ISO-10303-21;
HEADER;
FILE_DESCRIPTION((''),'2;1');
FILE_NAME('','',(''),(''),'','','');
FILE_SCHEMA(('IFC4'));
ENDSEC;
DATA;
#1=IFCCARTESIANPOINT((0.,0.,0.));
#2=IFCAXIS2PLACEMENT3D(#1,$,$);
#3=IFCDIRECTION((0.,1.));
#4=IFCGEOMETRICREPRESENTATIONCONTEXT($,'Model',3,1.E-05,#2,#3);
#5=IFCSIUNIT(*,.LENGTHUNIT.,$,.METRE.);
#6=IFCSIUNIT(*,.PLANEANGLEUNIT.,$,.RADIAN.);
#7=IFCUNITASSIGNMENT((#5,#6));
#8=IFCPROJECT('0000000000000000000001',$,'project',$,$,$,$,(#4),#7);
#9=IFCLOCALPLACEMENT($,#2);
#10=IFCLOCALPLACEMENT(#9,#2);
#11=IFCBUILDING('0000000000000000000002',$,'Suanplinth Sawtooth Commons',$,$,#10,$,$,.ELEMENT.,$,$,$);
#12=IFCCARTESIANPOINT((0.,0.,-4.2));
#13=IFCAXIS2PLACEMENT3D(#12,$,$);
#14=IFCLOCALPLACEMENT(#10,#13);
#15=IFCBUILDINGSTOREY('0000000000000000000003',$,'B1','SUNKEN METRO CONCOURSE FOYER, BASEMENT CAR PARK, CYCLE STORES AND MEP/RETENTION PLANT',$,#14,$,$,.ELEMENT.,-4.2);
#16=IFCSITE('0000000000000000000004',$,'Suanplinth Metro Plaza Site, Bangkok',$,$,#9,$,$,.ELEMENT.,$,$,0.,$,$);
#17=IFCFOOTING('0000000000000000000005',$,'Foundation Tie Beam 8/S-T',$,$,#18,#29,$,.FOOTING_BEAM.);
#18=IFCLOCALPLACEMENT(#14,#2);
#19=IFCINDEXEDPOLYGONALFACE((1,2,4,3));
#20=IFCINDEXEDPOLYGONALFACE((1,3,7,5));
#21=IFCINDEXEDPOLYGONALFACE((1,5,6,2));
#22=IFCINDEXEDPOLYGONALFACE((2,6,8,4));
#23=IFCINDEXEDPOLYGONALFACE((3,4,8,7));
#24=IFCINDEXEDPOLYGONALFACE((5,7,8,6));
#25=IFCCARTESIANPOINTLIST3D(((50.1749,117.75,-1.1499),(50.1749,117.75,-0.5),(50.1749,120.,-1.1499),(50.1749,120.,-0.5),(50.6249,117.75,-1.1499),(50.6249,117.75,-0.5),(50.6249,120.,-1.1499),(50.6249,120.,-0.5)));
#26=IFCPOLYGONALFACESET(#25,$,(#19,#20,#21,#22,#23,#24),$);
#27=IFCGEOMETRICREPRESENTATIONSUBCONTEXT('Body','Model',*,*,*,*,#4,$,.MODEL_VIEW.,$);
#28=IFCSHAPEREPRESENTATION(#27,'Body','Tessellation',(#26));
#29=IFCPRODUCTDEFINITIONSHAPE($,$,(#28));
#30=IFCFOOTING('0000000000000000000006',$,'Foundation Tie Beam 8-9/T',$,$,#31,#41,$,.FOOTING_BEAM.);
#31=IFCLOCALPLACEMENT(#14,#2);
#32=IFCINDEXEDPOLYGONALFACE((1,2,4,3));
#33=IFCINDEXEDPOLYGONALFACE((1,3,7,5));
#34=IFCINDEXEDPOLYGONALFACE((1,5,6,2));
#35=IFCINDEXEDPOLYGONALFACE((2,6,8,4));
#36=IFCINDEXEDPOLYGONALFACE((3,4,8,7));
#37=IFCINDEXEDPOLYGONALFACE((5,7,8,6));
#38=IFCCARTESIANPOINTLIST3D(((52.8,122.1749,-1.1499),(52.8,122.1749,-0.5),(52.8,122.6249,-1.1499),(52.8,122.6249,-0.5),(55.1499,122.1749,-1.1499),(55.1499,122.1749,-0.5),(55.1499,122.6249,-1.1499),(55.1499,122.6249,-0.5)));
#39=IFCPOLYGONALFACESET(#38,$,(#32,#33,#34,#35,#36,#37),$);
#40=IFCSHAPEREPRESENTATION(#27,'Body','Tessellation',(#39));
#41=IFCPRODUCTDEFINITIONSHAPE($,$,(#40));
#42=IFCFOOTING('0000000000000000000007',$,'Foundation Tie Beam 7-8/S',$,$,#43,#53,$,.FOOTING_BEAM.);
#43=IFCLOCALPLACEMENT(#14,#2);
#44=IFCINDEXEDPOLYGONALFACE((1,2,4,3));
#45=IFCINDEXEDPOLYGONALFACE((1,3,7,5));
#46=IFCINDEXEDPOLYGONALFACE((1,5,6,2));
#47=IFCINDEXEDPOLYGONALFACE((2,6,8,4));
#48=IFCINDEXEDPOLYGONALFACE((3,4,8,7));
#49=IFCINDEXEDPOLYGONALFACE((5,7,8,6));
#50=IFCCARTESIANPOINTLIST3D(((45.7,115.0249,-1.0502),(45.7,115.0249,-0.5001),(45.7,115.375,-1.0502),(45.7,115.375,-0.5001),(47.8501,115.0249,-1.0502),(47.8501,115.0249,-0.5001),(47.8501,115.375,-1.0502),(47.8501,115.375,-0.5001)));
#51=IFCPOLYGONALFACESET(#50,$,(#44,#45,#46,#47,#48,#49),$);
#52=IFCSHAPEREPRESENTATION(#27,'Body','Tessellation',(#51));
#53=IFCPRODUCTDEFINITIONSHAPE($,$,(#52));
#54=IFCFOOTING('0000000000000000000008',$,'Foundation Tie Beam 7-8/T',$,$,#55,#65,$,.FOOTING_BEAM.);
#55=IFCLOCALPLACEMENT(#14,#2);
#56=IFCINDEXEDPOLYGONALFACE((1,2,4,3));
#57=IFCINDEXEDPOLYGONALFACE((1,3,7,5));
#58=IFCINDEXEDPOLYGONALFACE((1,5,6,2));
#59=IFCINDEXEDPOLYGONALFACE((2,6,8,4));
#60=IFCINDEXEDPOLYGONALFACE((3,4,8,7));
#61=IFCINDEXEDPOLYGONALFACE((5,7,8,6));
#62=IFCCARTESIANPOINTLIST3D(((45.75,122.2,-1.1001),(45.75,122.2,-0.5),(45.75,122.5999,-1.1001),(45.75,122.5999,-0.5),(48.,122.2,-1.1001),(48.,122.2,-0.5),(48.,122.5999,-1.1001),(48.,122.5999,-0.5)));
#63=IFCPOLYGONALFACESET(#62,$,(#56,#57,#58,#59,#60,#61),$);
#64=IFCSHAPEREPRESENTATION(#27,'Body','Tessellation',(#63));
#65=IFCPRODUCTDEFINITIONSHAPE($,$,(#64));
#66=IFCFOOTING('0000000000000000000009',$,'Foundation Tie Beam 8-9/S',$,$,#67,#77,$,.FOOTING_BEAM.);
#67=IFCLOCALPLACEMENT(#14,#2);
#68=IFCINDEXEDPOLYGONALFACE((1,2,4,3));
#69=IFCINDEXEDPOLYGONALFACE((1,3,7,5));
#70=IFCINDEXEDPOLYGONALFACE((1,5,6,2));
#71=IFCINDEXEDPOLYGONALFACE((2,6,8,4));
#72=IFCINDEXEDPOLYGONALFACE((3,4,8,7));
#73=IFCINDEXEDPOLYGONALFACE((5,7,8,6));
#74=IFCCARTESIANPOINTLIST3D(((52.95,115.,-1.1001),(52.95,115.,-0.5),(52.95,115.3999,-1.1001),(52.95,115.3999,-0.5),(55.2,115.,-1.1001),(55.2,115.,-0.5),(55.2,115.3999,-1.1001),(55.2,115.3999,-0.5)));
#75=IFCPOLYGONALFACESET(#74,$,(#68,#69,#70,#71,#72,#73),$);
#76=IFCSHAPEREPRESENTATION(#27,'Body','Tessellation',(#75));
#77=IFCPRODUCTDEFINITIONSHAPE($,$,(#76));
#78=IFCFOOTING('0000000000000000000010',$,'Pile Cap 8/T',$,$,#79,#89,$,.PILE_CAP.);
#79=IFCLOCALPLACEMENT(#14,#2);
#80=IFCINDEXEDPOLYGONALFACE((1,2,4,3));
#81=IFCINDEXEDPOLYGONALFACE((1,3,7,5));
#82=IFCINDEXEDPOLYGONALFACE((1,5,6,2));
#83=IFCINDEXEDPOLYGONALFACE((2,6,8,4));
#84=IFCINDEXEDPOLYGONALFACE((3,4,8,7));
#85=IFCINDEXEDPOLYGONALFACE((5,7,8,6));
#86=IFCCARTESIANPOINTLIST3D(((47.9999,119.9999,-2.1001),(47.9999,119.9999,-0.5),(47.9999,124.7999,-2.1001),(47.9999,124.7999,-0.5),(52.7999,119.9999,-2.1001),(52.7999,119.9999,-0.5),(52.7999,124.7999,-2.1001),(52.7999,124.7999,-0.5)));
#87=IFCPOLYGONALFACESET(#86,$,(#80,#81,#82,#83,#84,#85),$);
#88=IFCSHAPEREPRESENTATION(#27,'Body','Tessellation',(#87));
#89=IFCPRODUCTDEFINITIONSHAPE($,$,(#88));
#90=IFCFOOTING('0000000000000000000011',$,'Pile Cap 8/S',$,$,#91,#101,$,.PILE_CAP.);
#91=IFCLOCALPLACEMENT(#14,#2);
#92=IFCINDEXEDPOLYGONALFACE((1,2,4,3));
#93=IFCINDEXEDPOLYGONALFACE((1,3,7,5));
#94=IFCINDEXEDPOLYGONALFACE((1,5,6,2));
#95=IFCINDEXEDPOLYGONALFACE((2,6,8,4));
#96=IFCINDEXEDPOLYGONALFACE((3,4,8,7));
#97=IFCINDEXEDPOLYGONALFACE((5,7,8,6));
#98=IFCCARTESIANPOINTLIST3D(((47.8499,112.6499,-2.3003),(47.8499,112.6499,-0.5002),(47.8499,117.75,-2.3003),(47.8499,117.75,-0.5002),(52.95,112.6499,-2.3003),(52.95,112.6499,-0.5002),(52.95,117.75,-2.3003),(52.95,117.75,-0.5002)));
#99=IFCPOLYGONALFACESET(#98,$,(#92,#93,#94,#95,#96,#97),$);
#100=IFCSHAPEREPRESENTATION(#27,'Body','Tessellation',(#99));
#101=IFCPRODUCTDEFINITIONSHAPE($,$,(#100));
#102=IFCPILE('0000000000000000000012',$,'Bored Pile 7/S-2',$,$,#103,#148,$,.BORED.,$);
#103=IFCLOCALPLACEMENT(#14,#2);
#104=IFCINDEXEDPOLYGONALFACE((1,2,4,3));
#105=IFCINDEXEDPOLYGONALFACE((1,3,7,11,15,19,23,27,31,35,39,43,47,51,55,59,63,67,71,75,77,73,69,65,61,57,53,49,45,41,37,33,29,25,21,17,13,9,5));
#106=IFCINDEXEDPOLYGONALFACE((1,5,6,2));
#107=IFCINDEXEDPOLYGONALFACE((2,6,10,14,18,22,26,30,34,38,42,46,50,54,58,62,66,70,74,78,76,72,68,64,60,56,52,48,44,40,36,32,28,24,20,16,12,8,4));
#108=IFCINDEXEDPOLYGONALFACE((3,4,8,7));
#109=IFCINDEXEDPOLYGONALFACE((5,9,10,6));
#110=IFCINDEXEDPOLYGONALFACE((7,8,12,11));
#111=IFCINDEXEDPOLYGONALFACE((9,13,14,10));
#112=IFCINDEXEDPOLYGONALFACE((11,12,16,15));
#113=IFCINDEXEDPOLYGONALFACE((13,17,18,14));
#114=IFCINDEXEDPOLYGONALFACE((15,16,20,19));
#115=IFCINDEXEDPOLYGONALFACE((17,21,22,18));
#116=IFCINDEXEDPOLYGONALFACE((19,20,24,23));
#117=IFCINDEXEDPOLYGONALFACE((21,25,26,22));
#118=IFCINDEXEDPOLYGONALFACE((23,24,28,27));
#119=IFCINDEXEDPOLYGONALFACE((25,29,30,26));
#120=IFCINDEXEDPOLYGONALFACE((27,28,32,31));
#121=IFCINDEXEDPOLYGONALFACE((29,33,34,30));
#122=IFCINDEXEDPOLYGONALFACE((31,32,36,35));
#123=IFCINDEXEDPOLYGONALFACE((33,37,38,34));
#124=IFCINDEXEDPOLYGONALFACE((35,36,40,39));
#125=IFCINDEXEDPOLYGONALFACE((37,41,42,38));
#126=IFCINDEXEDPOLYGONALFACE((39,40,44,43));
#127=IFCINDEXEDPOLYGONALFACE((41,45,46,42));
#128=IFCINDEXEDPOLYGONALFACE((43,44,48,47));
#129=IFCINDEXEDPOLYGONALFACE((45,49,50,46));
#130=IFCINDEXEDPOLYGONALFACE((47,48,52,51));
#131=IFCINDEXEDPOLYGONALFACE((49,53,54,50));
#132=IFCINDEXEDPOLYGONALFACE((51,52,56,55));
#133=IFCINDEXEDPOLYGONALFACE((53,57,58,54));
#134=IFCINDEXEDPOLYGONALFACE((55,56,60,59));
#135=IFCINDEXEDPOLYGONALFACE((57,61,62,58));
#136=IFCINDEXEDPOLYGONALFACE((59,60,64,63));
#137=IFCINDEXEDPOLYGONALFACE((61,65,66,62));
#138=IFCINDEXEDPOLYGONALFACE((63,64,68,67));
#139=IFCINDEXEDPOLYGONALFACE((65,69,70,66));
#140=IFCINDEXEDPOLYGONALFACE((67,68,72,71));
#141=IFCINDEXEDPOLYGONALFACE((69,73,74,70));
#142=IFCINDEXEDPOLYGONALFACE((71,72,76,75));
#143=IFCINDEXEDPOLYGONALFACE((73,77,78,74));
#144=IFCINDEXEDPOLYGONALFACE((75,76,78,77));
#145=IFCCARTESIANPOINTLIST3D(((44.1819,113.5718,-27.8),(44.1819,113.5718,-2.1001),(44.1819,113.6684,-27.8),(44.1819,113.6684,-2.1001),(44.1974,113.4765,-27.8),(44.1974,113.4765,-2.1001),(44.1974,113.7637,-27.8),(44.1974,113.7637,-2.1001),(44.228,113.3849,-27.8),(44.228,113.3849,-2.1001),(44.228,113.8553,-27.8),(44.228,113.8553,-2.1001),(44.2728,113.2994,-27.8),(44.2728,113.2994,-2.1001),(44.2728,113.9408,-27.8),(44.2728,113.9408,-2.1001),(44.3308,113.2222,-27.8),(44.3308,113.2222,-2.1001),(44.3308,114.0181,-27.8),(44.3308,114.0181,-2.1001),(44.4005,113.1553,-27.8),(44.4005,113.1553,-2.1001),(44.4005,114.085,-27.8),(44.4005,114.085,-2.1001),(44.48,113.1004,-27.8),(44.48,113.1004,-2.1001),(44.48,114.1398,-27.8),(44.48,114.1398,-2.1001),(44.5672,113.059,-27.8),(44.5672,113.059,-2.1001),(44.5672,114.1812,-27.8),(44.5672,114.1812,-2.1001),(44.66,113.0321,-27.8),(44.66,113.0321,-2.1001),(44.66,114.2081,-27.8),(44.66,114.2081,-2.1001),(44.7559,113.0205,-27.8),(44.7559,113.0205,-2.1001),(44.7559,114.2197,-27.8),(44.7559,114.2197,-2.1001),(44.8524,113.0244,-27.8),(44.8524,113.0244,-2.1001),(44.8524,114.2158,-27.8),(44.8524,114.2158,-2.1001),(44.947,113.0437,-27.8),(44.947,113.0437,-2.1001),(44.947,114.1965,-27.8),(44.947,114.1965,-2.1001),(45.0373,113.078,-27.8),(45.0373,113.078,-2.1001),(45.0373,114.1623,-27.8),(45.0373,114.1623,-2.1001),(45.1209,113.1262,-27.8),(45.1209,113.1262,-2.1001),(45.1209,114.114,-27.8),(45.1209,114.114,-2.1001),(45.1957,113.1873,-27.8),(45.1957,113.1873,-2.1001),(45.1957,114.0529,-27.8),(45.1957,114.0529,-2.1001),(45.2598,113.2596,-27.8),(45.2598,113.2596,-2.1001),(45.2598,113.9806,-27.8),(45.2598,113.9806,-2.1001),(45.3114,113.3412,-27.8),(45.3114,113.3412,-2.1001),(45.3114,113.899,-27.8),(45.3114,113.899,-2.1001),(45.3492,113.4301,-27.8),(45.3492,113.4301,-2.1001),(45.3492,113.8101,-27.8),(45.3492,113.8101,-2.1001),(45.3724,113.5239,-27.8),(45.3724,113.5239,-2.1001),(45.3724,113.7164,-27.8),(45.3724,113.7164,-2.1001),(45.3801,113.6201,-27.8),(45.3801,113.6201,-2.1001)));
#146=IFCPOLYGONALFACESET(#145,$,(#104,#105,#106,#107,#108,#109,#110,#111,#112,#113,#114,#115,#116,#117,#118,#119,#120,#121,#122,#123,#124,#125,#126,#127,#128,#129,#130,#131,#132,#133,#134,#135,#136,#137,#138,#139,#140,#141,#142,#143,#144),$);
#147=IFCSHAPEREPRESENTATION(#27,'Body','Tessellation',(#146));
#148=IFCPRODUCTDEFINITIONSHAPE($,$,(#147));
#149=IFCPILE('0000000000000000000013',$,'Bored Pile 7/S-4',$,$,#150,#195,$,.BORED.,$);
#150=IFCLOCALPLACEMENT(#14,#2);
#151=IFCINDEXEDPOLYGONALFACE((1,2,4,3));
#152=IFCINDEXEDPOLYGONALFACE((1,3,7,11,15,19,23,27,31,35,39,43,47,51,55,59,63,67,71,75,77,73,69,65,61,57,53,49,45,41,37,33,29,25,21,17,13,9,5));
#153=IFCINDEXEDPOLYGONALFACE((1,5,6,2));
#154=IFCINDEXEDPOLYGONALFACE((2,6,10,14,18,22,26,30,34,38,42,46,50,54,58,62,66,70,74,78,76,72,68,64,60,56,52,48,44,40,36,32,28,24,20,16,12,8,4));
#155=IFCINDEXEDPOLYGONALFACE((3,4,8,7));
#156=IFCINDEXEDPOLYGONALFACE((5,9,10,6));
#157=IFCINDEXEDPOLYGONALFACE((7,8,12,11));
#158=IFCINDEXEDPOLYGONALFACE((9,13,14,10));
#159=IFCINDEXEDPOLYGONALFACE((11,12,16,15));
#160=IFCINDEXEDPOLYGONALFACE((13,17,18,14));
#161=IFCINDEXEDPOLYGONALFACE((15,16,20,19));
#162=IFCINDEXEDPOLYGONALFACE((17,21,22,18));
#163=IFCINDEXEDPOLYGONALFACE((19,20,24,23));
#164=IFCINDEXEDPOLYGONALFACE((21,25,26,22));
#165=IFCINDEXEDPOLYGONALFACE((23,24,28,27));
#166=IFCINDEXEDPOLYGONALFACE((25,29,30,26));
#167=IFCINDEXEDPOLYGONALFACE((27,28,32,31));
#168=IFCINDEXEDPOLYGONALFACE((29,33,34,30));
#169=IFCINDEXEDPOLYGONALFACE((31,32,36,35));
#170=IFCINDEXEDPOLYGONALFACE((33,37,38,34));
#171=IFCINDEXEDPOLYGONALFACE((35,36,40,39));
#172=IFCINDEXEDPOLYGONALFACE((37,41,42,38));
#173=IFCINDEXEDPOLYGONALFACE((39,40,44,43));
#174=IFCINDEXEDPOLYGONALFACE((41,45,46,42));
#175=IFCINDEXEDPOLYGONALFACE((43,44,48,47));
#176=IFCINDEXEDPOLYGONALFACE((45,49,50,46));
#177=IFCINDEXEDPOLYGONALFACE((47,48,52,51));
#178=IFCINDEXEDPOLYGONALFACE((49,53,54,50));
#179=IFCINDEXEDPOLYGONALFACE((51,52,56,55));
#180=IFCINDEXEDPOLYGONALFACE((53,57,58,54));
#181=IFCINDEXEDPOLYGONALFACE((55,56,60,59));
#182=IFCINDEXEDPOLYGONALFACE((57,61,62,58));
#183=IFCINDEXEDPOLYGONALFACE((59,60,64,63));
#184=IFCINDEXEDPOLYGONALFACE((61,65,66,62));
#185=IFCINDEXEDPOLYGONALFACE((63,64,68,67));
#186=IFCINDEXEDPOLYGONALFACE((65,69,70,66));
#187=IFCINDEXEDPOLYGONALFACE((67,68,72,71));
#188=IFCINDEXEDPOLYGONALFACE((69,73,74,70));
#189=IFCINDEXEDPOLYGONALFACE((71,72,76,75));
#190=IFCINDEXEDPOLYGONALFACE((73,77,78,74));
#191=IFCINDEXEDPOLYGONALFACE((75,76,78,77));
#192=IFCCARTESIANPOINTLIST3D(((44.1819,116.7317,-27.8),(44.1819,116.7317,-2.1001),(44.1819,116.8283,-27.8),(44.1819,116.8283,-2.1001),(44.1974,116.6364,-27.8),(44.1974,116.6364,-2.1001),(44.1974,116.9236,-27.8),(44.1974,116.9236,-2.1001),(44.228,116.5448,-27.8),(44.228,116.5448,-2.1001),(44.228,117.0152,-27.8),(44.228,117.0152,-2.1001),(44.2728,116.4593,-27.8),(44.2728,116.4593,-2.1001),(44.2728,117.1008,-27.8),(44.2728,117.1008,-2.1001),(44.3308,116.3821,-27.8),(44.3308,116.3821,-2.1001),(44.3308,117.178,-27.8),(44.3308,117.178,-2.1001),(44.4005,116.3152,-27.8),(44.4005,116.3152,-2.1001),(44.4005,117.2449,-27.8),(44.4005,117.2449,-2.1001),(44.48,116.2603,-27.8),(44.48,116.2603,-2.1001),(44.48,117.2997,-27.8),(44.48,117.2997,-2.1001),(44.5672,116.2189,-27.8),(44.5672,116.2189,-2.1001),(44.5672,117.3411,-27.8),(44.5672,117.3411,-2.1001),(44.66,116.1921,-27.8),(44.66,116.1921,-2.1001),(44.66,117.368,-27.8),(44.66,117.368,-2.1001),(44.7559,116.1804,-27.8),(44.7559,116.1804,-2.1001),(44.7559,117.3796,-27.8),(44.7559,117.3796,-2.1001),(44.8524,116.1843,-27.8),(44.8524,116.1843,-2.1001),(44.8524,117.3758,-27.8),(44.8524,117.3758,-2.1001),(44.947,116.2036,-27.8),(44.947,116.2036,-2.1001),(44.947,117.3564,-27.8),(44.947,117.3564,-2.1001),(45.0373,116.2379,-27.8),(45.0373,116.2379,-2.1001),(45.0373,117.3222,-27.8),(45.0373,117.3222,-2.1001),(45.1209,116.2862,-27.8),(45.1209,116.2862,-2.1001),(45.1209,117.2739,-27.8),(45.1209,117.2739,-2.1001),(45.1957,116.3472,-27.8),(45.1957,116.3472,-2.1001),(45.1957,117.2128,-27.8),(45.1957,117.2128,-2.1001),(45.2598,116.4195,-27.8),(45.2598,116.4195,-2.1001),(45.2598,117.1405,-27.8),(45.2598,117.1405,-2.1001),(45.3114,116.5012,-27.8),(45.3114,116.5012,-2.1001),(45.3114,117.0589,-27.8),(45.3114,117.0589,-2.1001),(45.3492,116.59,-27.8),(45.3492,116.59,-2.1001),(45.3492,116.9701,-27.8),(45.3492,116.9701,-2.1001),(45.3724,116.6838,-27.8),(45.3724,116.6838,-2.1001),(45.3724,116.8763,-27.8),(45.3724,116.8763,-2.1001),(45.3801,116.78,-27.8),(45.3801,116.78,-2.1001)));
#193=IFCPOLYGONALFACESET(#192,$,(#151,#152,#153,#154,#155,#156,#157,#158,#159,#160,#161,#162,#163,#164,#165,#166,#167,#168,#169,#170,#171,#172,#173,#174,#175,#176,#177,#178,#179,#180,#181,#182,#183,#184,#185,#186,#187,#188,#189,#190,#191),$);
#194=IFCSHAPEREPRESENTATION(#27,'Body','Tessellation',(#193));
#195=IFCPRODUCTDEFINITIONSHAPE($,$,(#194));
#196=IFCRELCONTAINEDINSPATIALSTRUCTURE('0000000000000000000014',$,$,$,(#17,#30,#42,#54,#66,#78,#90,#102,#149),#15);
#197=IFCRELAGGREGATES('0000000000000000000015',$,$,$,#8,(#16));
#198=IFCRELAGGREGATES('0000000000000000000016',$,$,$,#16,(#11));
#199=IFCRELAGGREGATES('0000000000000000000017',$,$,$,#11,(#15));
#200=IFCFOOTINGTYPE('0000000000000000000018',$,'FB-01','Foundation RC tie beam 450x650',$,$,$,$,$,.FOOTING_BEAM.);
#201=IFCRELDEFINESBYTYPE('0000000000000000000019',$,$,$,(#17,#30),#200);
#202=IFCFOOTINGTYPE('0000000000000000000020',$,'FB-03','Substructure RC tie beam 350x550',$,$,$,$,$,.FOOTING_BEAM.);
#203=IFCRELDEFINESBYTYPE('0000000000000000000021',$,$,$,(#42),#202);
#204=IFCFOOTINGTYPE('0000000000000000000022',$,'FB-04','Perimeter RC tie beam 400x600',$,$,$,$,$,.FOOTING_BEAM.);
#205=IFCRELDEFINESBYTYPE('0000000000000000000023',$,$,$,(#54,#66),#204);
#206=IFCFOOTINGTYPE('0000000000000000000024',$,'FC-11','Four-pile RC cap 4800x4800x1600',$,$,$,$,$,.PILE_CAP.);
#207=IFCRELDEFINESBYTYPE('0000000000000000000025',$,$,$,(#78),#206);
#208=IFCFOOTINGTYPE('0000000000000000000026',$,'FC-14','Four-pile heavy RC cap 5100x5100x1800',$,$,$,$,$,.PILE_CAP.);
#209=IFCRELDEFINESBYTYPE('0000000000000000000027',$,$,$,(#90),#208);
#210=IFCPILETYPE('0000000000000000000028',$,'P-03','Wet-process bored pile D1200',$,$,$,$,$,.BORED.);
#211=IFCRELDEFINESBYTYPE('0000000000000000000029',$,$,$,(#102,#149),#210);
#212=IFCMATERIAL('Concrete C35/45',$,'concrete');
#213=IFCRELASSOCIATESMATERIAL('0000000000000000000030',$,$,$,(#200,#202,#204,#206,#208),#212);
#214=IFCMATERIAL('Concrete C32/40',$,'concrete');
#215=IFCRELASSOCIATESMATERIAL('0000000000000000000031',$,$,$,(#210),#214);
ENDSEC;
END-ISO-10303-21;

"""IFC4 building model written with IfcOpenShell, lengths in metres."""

from ifc_helpers import new_model, si_unit, direction, frame, origin, origin_2d, place, context, subcontext, project, spatial, rectangle, circle, extrude, material, material_profile, profile_set, type_object, element, save


model = new_model("IFC4")

# Units and contexts
model_context = context("Model", 3, precision=1e-05, world=origin(), true_north=direction((0.0, 1.0)))
body_context = subcontext(model_context, "Body", "Model", "MODEL_VIEW")
ifc_project = project(units=[si_unit("LENGTHUNIT", "METRE"), si_unit("PLANEANGLEUNIT", "RADIAN")], contexts=[model_context])

# Site, building, storey
site_placement = place(None, origin())
site = spatial("IfcSite", under=ifc_project, at=site_placement, Name="Suanplinth Metro Plaza Site, Bangkok", CompositionType="ELEMENT", RefElevation=0.0)
building_placement = place(site_placement, origin())
building = spatial("IfcBuilding", under=site, at=building_placement, Name="Suanplinth Sawtooth Commons", CompositionType="ELEMENT")
storey_placement = place(building_placement, frame((0.0, 0.0, -4.2)))
storey = spatial("IfcBuildingStorey", under=building, at=storey_placement, Name="B1", Description="SUNKEN METRO CONCOURSE FOYER, BASEMENT CAR PARK, CYCLE STORES AND MEP/RETENTION PLANT", CompositionType="ELEMENT", Elevation=-4.2)

# Footings
ifc_material_1 = material(Name="Concrete C35/45", Category="concrete")
ifc_material_profile_1 = material_profile(ifc_material_1, rectangle(XDim=0.45, YDim=0.6499, at=origin_2d()), Name="PC-GDR 450x650")
ifc_profile_set_1 = profile_set([ifc_material_profile_1], Name="Concrete C35/45")
footing_type_1 = type_object("IfcFootingType", Name="FB-01", Description="Foundation RC tie beam 450x650", PredefinedType="FOOTING_BEAM", material=ifc_profile_set_1)
footing_1_placement = place(storey_placement, frame((50.3999, 117.75, -0.825), z_axis=(0.0, 1.0, 0.0), x_axis=(-1.0, 0.0, 0.0)))
element("IfcFooting", 1, at=footing_1_placement, inside=storey, type_object=footing_type_1, Name="Foundation Tie Beam 8/S-T", PredefinedType="FOOTING_BEAM", context=body_context, shape_type="SweptSolid", body=[
    extrude(rectangle(XDim=0.45, YDim=0.6499, at=origin_2d()), origin(), (0.0, 0.0, 1.0), 2.25),
])
footing_2_placement = place(storey_placement, frame((52.8, 122.3999, -0.825), z_axis=(1.0, 0.0, 0.0), x_axis=(0.0, 1.0, 0.0)))
element("IfcFooting", 2, at=footing_2_placement, inside=storey, type_object=footing_type_1, Name="Foundation Tie Beam 8-9/T", PredefinedType="FOOTING_BEAM", context=body_context, shape_type="SweptSolid", body=[
    extrude(rectangle(XDim=0.45, YDim=0.6499, at=origin_2d()), origin(), (0.0, 0.0, 1.0), 2.3499),
])
ifc_material_profile_2 = material_profile(ifc_material_1, rectangle(XDim=0.3501, YDim=0.55, at=origin_2d()), Name="PC-BM 350x550")
ifc_profile_set_2 = profile_set([ifc_material_profile_2], Name="Concrete C35/45")
footing_type_2 = type_object("IfcFootingType", Name="FB-03", Description="Substructure RC tie beam 350x550", PredefinedType="FOOTING_BEAM", material=ifc_profile_set_2)
footing_3_placement = place(storey_placement, frame((45.7, 115.2, -0.7751), z_axis=(1.0, 0.0, 0.0), x_axis=(0.0, 1.0, 0.0)))
element("IfcFooting", 3, at=footing_3_placement, inside=storey, type_object=footing_type_2, Name="Foundation Tie Beam 7-8/S", PredefinedType="FOOTING_BEAM", context=body_context, shape_type="SweptSolid", body=[
    extrude(rectangle(XDim=0.3501, YDim=0.55, at=origin_2d()), origin(), (0.0, 0.0, 1.0), 2.1501),
])
ifc_material_profile_3 = material_profile(ifc_material_1, rectangle(XDim=0.3999, YDim=0.6001, at=origin_2d()), Name="PC-GDR 400x600")
ifc_profile_set_3 = profile_set([ifc_material_profile_3], Name="Concrete C35/45")
footing_type_3 = type_object("IfcFootingType", Name="FB-04", Description="Perimeter RC tie beam 400x600", PredefinedType="FOOTING_BEAM", material=ifc_profile_set_3)
for number, where, z_axis, x_axis, name in (
    (4, (45.75, 122.3999, -0.8), (1.0, 0.0, 0.0), (0.0, 1.0, 0.0), "Foundation Tie Beam 7-8/T"),
    (5, (52.95, 115.2, -0.8), (1.0, 0.0, 0.0), (0.0, 1.0, 0.0), "Foundation Tie Beam 8-9/S"),
):
    element("IfcFooting", number, at=place(storey_placement, frame(where, z_axis=z_axis, x_axis=x_axis)), inside=storey, type_object=footing_type_3, Name=name, PredefinedType="FOOTING_BEAM", context=body_context, shape_type="SweptSolid", body=[
        extrude(rectangle(XDim=0.3999, YDim=0.6001, at=origin_2d()), origin(), (0.0, 0.0, 1.0), 2.25),
    ])
footing_type_4 = type_object("IfcFootingType", Name="FC-11", Description="Four-pile RC cap 4800x4800x1600", PredefinedType="PILE_CAP", material=ifc_material_1)
footing_4_placement = place(storey_placement, frame((50.3999, 122.3999, -2.1001), z_axis=(0.0, 0.0, 1.0), x_axis=(1.0, 0.0, 0.0)))
element("IfcFooting", 6, at=footing_4_placement, inside=storey, type_object=footing_type_4, Name="Pile Cap 8/T", PredefinedType="PILE_CAP", context=body_context, shape_type="SweptSolid", body=[
    extrude(rectangle(XDim=4.8, YDim=4.8, at=origin_2d()), origin(), (0.0, 0.0, 1.0), 1.6001),
])
footing_type_5 = type_object("IfcFootingType", Name="FC-14", Description="Four-pile heavy RC cap 5100x5100x1800", PredefinedType="PILE_CAP", material=ifc_material_1)
footing_5_placement = place(storey_placement, frame((50.3999, 115.2, -2.3003), z_axis=(0.0, 0.0, 1.0), x_axis=(1.0, 0.0, 0.0)))
element("IfcFooting", 7, at=footing_5_placement, inside=storey, type_object=footing_type_5, Name="Pile Cap 8/S", PredefinedType="PILE_CAP", context=body_context, shape_type="SweptSolid", body=[
    extrude(rectangle(XDim=5.1001, YDim=5.1001, at=origin_2d()), origin(), (0.0, 0.0, 1.0), 1.8),
])

# Piles
ifc_material_2 = material(Name="Concrete C32/40", Category="concrete")
ifc_material_profile_4 = material_profile(ifc_material_2, circle(Radius=0.6001, at=origin_2d()), Name="PILE D1200")
ifc_profile_set_4 = profile_set([ifc_material_profile_4], Name="Concrete C32/40")
pile_type = type_object("IfcPileType", Name="P-03", Description="Wet-process bored pile D1200", PredefinedType="BORED", material=ifc_profile_set_4)
for number, where, z_axis, x_axis, name in (
    (8, (44.78, 113.6201, -2.1001), (0.0, 0.0, -1.0), (1.0, 0.0, 0.0), "Bored Pile 7/S-2"),
    (9, (44.78, 116.78, -2.1001), (0.0, 0.0, -1.0), (1.0, 0.0, 0.0), "Bored Pile 7/S-4"),
):
    element("IfcPile", number, at=place(storey_placement, frame(where, z_axis=z_axis, x_axis=x_axis)), inside=storey, type_object=pile_type, Name=name, PredefinedType="BORED", context=body_context, shape_type="SweptSolid", body=[
        extrude(circle(Radius=0.6001, at=origin_2d()), origin(), (0.0, 0.0, 1.0), 25.7),
    ])

save(model, "model.ifc")
